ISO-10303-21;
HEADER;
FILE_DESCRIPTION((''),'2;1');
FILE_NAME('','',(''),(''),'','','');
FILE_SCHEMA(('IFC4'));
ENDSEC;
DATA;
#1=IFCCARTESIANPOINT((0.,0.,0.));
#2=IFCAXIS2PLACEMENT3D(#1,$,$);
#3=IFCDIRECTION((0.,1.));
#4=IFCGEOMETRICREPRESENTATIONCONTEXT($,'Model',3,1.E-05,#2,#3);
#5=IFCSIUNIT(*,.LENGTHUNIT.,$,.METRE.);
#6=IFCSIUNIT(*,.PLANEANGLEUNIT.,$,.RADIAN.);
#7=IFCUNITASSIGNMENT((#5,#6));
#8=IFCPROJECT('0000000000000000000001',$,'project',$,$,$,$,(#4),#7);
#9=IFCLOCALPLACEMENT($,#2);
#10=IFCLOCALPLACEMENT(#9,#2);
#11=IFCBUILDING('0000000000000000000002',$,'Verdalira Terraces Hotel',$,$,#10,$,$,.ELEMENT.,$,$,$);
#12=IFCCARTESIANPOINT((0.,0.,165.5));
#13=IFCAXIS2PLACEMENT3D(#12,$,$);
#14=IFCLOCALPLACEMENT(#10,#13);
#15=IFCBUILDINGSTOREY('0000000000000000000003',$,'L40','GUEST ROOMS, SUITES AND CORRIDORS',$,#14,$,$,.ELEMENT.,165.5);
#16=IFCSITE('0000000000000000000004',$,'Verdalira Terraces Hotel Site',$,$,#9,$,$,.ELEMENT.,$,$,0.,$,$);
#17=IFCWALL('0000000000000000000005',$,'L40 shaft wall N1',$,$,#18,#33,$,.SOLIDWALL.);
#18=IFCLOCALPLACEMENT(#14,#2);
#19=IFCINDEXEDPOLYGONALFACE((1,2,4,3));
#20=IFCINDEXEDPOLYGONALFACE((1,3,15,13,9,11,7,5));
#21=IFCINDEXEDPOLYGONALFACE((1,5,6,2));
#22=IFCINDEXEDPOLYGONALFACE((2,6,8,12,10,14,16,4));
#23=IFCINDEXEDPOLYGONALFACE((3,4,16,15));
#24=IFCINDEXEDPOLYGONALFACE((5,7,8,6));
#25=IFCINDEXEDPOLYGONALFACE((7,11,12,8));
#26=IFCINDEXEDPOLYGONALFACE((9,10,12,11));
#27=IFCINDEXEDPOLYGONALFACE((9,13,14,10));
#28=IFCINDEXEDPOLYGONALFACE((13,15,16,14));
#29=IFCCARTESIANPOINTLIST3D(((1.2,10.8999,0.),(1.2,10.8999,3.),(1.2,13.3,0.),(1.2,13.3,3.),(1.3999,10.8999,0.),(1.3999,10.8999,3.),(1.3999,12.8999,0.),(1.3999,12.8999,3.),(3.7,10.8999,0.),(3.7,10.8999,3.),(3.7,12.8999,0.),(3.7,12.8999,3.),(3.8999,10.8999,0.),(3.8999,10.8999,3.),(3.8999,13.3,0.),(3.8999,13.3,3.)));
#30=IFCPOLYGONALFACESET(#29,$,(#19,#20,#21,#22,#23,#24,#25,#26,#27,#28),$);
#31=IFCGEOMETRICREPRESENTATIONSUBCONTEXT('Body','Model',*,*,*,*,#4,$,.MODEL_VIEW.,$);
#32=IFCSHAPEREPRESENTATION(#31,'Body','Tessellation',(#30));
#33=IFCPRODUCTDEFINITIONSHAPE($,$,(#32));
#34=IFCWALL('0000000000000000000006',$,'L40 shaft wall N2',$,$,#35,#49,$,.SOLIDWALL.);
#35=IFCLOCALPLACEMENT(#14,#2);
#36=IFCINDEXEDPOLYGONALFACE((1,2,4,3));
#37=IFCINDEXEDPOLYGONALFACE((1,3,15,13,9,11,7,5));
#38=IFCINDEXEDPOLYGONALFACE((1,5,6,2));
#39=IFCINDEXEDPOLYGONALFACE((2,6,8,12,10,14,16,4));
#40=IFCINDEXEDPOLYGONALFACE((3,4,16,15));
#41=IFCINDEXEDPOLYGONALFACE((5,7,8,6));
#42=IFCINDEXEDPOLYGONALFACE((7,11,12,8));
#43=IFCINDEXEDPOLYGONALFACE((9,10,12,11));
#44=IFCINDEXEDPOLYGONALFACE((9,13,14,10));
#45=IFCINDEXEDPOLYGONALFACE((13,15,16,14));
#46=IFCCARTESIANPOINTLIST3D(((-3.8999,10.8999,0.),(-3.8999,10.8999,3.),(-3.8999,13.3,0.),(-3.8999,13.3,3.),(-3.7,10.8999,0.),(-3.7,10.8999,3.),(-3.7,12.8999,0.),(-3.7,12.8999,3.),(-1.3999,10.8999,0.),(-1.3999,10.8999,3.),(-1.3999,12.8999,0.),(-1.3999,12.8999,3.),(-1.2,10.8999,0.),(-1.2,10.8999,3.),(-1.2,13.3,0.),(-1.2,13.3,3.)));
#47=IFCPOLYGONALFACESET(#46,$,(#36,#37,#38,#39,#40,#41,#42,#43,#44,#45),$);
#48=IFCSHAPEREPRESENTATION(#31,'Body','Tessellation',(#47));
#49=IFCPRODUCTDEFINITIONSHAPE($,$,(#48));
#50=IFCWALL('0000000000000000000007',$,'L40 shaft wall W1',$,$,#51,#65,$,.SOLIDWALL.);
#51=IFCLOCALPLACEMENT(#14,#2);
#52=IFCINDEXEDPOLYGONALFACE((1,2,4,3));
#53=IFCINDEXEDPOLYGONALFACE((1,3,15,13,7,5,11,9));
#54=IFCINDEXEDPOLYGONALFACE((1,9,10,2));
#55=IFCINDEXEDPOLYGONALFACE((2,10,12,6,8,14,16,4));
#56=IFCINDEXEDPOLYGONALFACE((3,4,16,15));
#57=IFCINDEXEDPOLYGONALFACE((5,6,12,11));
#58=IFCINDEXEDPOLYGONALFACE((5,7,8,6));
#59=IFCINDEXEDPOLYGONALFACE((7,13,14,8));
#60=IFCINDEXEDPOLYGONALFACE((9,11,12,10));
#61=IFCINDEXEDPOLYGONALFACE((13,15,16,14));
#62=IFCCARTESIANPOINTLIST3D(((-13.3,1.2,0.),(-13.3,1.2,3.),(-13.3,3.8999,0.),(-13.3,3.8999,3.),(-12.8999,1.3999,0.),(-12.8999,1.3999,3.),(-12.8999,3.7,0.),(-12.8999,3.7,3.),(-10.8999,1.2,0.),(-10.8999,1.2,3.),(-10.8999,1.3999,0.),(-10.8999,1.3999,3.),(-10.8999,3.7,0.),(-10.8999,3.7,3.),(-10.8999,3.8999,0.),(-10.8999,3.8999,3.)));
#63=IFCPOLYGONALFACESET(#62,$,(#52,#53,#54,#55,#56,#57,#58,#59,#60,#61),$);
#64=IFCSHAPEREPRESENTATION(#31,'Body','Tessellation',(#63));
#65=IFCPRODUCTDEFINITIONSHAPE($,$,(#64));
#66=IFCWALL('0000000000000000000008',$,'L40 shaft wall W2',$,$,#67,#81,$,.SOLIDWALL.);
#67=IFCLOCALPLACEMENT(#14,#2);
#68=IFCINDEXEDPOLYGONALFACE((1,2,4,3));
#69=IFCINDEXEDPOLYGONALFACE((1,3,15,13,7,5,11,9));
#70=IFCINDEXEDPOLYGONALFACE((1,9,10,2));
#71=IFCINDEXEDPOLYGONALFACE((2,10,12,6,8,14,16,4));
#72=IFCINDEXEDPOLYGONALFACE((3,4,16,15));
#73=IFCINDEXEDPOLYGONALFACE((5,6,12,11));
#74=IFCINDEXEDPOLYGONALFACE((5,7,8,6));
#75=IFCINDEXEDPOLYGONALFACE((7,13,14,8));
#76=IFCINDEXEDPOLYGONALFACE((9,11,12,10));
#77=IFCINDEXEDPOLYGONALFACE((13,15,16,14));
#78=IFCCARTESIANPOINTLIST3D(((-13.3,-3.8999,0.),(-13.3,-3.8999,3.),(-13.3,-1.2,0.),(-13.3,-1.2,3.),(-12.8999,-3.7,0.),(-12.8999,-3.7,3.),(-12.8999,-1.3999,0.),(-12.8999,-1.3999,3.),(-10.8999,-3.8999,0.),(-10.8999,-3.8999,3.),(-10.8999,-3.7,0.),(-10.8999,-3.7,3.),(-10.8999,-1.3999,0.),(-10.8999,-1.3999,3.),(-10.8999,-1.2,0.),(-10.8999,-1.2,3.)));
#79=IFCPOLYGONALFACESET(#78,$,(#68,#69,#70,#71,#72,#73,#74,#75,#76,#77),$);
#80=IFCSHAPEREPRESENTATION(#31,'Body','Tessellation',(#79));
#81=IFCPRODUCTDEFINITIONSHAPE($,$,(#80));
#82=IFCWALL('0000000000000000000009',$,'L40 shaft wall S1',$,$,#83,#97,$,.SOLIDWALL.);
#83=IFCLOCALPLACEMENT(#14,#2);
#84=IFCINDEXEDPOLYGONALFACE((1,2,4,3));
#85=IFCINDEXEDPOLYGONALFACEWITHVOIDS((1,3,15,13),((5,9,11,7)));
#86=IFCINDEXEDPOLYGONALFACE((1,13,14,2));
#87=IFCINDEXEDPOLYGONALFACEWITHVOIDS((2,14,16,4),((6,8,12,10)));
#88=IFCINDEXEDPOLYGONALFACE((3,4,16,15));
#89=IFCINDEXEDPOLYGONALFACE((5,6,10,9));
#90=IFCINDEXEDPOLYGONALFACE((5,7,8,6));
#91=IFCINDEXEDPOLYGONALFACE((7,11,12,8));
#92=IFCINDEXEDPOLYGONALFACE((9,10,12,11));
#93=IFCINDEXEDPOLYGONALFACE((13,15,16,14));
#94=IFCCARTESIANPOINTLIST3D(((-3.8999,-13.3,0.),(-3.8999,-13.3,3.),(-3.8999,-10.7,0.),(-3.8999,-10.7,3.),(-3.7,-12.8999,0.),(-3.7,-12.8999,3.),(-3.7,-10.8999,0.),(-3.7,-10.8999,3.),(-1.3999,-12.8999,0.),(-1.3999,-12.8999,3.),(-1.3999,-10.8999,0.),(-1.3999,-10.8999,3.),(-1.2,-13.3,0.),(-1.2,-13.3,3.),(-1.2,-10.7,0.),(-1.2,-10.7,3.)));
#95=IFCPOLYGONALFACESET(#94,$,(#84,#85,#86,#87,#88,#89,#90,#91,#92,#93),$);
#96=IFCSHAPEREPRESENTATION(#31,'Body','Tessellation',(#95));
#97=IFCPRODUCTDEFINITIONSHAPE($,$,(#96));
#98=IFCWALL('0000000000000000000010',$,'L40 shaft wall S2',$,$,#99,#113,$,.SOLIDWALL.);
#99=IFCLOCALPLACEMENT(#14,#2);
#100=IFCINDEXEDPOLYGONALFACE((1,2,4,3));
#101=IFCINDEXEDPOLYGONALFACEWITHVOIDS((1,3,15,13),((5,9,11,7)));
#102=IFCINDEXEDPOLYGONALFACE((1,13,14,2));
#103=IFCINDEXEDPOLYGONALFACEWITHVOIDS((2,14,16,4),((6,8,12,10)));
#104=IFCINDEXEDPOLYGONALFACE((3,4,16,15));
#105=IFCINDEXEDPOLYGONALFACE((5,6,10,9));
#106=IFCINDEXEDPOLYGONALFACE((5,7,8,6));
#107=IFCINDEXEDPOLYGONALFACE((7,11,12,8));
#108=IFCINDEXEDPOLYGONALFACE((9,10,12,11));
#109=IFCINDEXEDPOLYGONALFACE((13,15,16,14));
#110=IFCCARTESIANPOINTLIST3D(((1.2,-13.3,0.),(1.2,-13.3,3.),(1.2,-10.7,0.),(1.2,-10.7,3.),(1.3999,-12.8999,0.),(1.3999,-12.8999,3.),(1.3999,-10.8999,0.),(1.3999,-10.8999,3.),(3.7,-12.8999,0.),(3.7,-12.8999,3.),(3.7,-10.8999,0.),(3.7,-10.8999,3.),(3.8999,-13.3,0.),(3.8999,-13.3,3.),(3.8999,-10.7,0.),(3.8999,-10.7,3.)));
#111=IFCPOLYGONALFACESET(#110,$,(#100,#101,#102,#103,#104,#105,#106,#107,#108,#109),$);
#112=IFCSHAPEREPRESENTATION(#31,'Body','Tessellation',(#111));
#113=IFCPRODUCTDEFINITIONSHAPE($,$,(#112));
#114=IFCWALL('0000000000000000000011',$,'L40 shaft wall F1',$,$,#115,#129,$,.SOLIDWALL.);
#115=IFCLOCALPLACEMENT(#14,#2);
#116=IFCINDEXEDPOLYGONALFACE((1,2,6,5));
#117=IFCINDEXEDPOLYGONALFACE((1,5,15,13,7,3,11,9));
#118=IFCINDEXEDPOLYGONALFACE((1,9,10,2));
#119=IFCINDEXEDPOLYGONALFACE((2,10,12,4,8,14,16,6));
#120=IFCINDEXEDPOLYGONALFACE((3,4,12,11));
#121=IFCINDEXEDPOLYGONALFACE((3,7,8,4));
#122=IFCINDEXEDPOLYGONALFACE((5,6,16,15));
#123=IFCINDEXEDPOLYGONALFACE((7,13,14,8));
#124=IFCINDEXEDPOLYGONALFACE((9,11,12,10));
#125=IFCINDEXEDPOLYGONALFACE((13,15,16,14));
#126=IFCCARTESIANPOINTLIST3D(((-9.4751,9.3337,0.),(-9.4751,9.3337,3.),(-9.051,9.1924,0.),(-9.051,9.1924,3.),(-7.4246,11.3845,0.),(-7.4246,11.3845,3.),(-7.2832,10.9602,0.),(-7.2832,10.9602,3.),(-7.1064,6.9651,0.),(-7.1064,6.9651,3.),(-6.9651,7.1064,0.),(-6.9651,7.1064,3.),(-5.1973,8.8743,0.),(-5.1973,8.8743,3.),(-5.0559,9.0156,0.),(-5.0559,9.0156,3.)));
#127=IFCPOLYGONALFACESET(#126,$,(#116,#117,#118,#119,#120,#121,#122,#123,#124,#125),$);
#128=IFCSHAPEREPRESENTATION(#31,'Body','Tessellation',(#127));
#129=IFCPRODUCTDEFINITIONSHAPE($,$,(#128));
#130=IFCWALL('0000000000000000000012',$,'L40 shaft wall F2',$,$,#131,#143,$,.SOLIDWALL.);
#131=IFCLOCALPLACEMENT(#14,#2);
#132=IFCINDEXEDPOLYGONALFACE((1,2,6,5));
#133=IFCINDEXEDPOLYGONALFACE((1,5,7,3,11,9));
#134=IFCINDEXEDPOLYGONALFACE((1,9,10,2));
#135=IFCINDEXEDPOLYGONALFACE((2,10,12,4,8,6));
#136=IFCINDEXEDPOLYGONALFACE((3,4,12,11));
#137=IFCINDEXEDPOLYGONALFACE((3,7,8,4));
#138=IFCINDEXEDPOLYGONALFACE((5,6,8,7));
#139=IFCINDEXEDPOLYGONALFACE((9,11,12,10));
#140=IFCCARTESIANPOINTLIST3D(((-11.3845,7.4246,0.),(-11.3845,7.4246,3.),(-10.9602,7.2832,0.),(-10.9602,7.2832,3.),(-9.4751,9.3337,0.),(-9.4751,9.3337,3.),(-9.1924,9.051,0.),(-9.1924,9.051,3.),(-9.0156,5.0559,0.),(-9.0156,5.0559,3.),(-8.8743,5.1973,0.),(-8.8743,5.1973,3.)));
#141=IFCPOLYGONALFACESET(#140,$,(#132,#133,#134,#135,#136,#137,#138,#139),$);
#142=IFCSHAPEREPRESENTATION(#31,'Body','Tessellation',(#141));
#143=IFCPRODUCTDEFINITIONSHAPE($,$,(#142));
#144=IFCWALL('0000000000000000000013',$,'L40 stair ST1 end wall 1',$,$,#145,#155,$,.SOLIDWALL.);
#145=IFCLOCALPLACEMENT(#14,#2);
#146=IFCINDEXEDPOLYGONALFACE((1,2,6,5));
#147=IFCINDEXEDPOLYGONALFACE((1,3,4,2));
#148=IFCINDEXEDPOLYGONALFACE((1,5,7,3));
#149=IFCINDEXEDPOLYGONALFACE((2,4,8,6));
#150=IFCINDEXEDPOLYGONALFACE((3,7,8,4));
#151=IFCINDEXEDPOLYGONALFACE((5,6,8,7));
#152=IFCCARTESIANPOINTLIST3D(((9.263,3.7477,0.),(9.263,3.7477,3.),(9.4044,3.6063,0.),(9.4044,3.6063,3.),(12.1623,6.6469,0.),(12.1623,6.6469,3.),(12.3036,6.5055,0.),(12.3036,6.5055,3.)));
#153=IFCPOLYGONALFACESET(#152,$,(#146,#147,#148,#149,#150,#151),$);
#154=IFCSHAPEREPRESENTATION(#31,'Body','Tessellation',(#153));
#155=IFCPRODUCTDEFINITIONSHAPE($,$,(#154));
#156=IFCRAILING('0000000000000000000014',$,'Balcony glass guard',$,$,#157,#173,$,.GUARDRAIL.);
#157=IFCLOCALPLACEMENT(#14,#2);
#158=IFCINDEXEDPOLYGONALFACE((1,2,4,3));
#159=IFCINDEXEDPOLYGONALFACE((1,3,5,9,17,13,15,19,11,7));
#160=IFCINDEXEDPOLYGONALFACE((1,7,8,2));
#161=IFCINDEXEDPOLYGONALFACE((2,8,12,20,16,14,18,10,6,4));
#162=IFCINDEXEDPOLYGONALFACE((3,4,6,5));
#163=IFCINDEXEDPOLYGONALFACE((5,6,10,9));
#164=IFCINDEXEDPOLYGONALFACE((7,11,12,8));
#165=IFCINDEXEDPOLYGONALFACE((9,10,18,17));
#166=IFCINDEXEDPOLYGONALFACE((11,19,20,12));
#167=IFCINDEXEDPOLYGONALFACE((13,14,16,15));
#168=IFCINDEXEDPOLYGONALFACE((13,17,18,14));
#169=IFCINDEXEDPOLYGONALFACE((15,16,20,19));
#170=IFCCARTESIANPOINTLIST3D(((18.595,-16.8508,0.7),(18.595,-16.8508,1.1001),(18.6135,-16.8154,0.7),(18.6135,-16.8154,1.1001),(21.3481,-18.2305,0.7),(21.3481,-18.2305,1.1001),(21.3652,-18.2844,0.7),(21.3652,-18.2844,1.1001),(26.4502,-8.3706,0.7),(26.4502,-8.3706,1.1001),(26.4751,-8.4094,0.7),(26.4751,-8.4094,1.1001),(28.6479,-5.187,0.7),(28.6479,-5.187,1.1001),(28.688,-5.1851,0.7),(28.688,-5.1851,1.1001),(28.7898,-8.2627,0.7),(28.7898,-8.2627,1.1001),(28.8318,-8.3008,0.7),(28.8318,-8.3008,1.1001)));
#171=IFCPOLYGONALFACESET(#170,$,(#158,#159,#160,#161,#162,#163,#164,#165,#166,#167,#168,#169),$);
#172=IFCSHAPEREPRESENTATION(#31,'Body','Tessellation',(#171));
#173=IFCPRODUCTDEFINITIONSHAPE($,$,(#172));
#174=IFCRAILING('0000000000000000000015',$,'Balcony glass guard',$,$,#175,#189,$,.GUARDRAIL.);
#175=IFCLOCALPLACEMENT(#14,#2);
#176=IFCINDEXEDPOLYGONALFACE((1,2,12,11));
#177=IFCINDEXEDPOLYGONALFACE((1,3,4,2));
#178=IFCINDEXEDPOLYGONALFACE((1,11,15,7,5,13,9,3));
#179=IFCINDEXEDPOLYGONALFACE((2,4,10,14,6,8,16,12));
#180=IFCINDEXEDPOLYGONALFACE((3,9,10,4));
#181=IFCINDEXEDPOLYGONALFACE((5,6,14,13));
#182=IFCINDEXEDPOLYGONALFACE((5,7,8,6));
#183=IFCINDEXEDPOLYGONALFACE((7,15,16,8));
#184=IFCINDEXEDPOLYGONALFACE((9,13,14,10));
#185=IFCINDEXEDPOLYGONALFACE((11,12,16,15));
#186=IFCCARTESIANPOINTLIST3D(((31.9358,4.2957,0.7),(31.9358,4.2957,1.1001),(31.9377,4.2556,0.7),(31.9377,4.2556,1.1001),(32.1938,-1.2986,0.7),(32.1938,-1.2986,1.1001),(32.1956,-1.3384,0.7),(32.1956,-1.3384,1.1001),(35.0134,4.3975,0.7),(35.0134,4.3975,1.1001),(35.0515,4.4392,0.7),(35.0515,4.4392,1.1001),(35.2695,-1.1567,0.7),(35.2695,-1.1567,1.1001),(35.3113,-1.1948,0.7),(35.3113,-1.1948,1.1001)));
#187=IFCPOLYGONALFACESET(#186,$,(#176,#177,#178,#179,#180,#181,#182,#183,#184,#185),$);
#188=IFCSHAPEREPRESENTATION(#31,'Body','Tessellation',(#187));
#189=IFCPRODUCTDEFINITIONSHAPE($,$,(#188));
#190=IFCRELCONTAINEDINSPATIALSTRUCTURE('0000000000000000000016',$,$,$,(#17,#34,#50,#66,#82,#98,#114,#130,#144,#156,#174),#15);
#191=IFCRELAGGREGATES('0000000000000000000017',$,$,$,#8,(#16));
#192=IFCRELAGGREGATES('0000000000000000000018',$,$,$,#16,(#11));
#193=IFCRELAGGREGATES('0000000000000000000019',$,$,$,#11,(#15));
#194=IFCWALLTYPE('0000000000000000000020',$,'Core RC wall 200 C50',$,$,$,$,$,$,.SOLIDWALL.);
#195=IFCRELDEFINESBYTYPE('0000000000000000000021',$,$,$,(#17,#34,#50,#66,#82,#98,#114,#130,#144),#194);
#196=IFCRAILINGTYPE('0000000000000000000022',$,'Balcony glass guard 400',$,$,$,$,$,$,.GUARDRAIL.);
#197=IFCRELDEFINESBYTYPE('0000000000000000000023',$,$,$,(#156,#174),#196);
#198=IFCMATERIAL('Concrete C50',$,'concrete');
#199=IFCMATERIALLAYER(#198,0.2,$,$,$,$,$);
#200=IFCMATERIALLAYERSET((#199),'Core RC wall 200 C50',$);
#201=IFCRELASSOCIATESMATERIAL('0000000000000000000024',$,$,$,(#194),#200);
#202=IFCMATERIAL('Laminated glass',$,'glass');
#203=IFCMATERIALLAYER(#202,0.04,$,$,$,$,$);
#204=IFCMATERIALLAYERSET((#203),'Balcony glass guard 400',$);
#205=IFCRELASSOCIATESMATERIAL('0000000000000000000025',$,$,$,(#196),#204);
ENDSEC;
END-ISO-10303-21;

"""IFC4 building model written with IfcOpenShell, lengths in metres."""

from ifc_helpers import new_model, si_unit, direction, frame, frame_2d, origin, place, context, subcontext, project, spatial, polyline, rectangle, outline, extrude, material, layer, layer_set, type_object, element, save


model = new_model("IFC4")

# Units and contexts
model_context = context("Model", 3, precision=1e-05, world=origin(), true_north=direction((0.0, 1.0)))
body_context = subcontext(model_context, "Body", "Model", "MODEL_VIEW")
ifc_project = project(units=[si_unit("LENGTHUNIT", "METRE"), si_unit("PLANEANGLEUNIT", "RADIAN")], contexts=[model_context])

# Site, building, storey
site_placement = place(None, origin())
site = spatial("IfcSite", under=ifc_project, at=site_placement, Name="Verdalira Terraces Hotel Site", CompositionType="ELEMENT", RefElevation=0.0)
building_placement = place(site_placement, origin())
building = spatial("IfcBuilding", under=site, at=building_placement, Name="Verdalira Terraces Hotel", CompositionType="ELEMENT")
storey_placement = place(building_placement, frame((0.0, 0.0, 165.5)))
storey = spatial("IfcBuildingStorey", under=building, at=storey_placement, Name="L40", Description="GUEST ROOMS, SUITES AND CORRIDORS", CompositionType="ELEMENT", Elevation=165.5)

# Shared definitions
ifc_material_1 = material(Name="Concrete C50", Category="concrete")
ifc_layer_1 = layer(ifc_material_1, 0.2)
ifc_layer_set_1 = layer_set([ifc_layer_1], Name="Core RC wall 200 C50")
wall_type_1 = type_object("IfcWallType", Name="Core RC wall 200 C50", PredefinedType="SOLIDWALL", material=ifc_layer_set_1)

# Walls
wall_1_placement = place(storey_placement, origin())
element("IfcWall", 1, at=wall_1_placement, inside=storey, type_object=wall_type_1, Name="L40 shaft wall N1", PredefinedType="SOLIDWALL", context=body_context, shape_type="SweptSolid", body=[
    extrude(outline(polyline([(3.8999, 13.3), (3.8999, 10.8999), (3.7, 10.8999), (3.7, 12.8999), (1.3999, 12.8999), (1.3999, 10.8999), (1.2, 10.8999), (1.2, 13.3), (3.8999, 13.3)])), origin(), (0.0, 0.0, 1.0), 3.0),
])
wall_2_placement = place(storey_placement, origin())
element("IfcWall", 2, at=wall_2_placement, inside=storey, type_object=wall_type_1, Name="L40 shaft wall N2", PredefinedType="SOLIDWALL", context=body_context, shape_type="SweptSolid", body=[
    extrude(outline(polyline([(-3.8999, 10.8999), (-3.8999, 13.3), (-1.2, 13.3), (-1.2, 10.8999), (-1.3999, 10.8999), (-1.3999, 12.8999), (-3.7, 12.8999), (-3.7, 10.8999), (-3.8999, 10.8999)])), origin(), (0.0, 0.0, 1.0), 3.0),
])
wall_3_placement = place(storey_placement, origin())
element("IfcWall", 3, at=wall_3_placement, inside=storey, type_object=wall_type_1, Name="L40 shaft wall W1", PredefinedType="SOLIDWALL", context=body_context, shape_type="SweptSolid", body=[
    extrude(outline(polyline([(-13.3, 3.8999), (-10.8999, 3.8999), (-10.8999, 3.7), (-12.8999, 3.7), (-12.8999, 1.3999), (-10.8999, 1.3999), (-10.8999, 1.2), (-13.3, 1.2), (-13.3, 3.8999)])), origin(), (0.0, 0.0, 1.0), 3.0),
])
wall_4_placement = place(storey_placement, origin())
element("IfcWall", 4, at=wall_4_placement, inside=storey, type_object=wall_type_1, Name="L40 shaft wall W2", PredefinedType="SOLIDWALL", context=body_context, shape_type="SweptSolid", body=[
    extrude(outline(polyline([(-13.3, -3.8999), (-13.3, -1.2), (-10.8999, -1.2), (-10.8999, -1.3999), (-12.8999, -1.3999), (-12.8999, -3.7), (-10.8999, -3.7), (-10.8999, -3.8999), (-13.3, -3.8999)])), origin(), (0.0, 0.0, 1.0), 3.0),
])
wall_5_placement = place(storey_placement, origin())
element("IfcWall", 5, at=wall_5_placement, inside=storey, type_object=wall_type_1, Name="L40 shaft wall S1", PredefinedType="SOLIDWALL", context=body_context, shape_type="SweptSolid", body=[
    extrude(outline(polyline([(-1.2, -13.3), (-3.8999, -13.3), (-3.8999, -10.7), (-1.2, -10.7), (-1.2, -13.3)]), holes=[polyline([(-3.7, -10.8999), (-3.7, -12.8999), (-1.3999, -12.8999), (-1.3999, -10.8999), (-3.7, -10.8999)])]), origin(), (0.0, 0.0, 1.0), 3.0),
])
wall_6_placement = place(storey_placement, origin())
element("IfcWall", 6, at=wall_6_placement, inside=storey, type_object=wall_type_1, Name="L40 shaft wall S2", PredefinedType="SOLIDWALL", context=body_context, shape_type="SweptSolid", body=[
    extrude(outline(polyline([(3.8999, -10.7), (3.8999, -13.3), (1.2, -13.3), (1.2, -10.7), (3.8999, -10.7)]), holes=[polyline([(1.3999, -12.8999), (3.7, -12.8999), (3.7, -10.8999), (1.3999, -10.8999), (1.3999, -12.8999)])]), origin(), (0.0, 0.0, 1.0), 3.0),
])
wall_7_placement = place(storey_placement, origin())
element("IfcWall", 7, at=wall_7_placement, inside=storey, type_object=wall_type_1, Name="L40 shaft wall F1", PredefinedType="SOLIDWALL", context=body_context, shape_type="SweptSolid", body=[
    extrude(outline(polyline([(-9.4751, 9.3337), (-7.4246, 11.3845), (-5.0559, 9.0156), (-5.1973, 8.8743), (-7.2832, 10.9602), (-9.051, 9.1924), (-6.9651, 7.1064), (-7.1064, 6.9651), (-9.4751, 9.3337)])), origin(), (0.0, 0.0, 1.0), 3.0),
])
wall_8_placement = place(storey_placement, origin())
element("IfcWall", 8, at=wall_8_placement, inside=storey, type_object=wall_type_1, Name="L40 shaft wall F2", PredefinedType="SOLIDWALL", context=body_context, shape_type="SweptSolid", body=[
    extrude(outline(polyline([(-11.3845, 7.4246), (-9.4751, 9.3337), (-9.1924, 9.051), (-10.9602, 7.2832), (-8.8743, 5.1973), (-9.0156, 5.0559), (-11.3845, 7.4246)])), origin(), (0.0, 0.0, 1.0), 3.0),
])
wall_9_placement = place(storey_placement, frame((9.3337, 3.677, 0.0), z_axis=(0.0, 0.0, 1.0), x_axis=(0.707107, 0.707107, 0.0)))
element("IfcWall", 9, at=wall_9_placement, inside=storey, type_object=wall_type_1, Name="L40 stair ST1 end wall 1", PredefinedType="SOLIDWALL", context=body_context, shape_type="SweptSolid", body=[
    extrude(rectangle(XDim=4.1001, YDim=0.2, at=frame_2d((2.05, 0.0))), origin(), (0.0, 0.0, 1.0), 3.0),
])

# Railings
ifc_material_2 = material(Name="Laminated glass", Category="glass")
ifc_layer_2 = layer(ifc_material_2, 0.04)
ifc_layer_set_2 = layer_set([ifc_layer_2], Name="Balcony glass guard 400")
railing_type_1 = type_object("IfcRailingType", Name="Balcony glass guard 400", PredefinedType="GUARDRAIL", material=ifc_layer_set_2)
railing_1_placement = place(storey_placement, frame((0.0, 0.0, 0.7)))
element("IfcRailing", 10, at=railing_1_placement, inside=storey, type_object=railing_type_1, Name="Balcony glass guard", PredefinedType="GUARDRAIL", context=body_context, shape_type="SweptSolid", body=[
    extrude(outline(polyline([(21.3481, -18.2305), (26.4502, -8.3706), (28.7898, -8.2627), (28.6479, -5.187), (28.688, -5.1851), (28.8318, -8.3008), (26.4751, -8.4094), (21.3652, -18.2844), (18.595, -16.8508), (18.6135, -16.8154), (21.3481, -18.2305)])), origin(), (0.0, 0.0, 1.0), 0.4001),
])
railing_2_placement = place(storey_placement, frame((0.0, 0.0, 0.7)))
element("IfcRailing", 11, at=railing_2_placement, inside=storey, type_object=railing_type_1, Name="Balcony glass guard", PredefinedType="GUARDRAIL", context=body_context, shape_type="SweptSolid", body=[
    extrude(outline(polyline([(35.2695, -1.1567), (35.0134, 4.3975), (31.9377, 4.2556), (31.9358, 4.2957), (35.0515, 4.4392), (35.3113, -1.1948), (32.1956, -1.3384), (32.1938, -1.2986), (35.2695, -1.1567)])), origin(), (0.0, 0.0, 1.0), 0.4001),
])

save(model, "model.ifc")
